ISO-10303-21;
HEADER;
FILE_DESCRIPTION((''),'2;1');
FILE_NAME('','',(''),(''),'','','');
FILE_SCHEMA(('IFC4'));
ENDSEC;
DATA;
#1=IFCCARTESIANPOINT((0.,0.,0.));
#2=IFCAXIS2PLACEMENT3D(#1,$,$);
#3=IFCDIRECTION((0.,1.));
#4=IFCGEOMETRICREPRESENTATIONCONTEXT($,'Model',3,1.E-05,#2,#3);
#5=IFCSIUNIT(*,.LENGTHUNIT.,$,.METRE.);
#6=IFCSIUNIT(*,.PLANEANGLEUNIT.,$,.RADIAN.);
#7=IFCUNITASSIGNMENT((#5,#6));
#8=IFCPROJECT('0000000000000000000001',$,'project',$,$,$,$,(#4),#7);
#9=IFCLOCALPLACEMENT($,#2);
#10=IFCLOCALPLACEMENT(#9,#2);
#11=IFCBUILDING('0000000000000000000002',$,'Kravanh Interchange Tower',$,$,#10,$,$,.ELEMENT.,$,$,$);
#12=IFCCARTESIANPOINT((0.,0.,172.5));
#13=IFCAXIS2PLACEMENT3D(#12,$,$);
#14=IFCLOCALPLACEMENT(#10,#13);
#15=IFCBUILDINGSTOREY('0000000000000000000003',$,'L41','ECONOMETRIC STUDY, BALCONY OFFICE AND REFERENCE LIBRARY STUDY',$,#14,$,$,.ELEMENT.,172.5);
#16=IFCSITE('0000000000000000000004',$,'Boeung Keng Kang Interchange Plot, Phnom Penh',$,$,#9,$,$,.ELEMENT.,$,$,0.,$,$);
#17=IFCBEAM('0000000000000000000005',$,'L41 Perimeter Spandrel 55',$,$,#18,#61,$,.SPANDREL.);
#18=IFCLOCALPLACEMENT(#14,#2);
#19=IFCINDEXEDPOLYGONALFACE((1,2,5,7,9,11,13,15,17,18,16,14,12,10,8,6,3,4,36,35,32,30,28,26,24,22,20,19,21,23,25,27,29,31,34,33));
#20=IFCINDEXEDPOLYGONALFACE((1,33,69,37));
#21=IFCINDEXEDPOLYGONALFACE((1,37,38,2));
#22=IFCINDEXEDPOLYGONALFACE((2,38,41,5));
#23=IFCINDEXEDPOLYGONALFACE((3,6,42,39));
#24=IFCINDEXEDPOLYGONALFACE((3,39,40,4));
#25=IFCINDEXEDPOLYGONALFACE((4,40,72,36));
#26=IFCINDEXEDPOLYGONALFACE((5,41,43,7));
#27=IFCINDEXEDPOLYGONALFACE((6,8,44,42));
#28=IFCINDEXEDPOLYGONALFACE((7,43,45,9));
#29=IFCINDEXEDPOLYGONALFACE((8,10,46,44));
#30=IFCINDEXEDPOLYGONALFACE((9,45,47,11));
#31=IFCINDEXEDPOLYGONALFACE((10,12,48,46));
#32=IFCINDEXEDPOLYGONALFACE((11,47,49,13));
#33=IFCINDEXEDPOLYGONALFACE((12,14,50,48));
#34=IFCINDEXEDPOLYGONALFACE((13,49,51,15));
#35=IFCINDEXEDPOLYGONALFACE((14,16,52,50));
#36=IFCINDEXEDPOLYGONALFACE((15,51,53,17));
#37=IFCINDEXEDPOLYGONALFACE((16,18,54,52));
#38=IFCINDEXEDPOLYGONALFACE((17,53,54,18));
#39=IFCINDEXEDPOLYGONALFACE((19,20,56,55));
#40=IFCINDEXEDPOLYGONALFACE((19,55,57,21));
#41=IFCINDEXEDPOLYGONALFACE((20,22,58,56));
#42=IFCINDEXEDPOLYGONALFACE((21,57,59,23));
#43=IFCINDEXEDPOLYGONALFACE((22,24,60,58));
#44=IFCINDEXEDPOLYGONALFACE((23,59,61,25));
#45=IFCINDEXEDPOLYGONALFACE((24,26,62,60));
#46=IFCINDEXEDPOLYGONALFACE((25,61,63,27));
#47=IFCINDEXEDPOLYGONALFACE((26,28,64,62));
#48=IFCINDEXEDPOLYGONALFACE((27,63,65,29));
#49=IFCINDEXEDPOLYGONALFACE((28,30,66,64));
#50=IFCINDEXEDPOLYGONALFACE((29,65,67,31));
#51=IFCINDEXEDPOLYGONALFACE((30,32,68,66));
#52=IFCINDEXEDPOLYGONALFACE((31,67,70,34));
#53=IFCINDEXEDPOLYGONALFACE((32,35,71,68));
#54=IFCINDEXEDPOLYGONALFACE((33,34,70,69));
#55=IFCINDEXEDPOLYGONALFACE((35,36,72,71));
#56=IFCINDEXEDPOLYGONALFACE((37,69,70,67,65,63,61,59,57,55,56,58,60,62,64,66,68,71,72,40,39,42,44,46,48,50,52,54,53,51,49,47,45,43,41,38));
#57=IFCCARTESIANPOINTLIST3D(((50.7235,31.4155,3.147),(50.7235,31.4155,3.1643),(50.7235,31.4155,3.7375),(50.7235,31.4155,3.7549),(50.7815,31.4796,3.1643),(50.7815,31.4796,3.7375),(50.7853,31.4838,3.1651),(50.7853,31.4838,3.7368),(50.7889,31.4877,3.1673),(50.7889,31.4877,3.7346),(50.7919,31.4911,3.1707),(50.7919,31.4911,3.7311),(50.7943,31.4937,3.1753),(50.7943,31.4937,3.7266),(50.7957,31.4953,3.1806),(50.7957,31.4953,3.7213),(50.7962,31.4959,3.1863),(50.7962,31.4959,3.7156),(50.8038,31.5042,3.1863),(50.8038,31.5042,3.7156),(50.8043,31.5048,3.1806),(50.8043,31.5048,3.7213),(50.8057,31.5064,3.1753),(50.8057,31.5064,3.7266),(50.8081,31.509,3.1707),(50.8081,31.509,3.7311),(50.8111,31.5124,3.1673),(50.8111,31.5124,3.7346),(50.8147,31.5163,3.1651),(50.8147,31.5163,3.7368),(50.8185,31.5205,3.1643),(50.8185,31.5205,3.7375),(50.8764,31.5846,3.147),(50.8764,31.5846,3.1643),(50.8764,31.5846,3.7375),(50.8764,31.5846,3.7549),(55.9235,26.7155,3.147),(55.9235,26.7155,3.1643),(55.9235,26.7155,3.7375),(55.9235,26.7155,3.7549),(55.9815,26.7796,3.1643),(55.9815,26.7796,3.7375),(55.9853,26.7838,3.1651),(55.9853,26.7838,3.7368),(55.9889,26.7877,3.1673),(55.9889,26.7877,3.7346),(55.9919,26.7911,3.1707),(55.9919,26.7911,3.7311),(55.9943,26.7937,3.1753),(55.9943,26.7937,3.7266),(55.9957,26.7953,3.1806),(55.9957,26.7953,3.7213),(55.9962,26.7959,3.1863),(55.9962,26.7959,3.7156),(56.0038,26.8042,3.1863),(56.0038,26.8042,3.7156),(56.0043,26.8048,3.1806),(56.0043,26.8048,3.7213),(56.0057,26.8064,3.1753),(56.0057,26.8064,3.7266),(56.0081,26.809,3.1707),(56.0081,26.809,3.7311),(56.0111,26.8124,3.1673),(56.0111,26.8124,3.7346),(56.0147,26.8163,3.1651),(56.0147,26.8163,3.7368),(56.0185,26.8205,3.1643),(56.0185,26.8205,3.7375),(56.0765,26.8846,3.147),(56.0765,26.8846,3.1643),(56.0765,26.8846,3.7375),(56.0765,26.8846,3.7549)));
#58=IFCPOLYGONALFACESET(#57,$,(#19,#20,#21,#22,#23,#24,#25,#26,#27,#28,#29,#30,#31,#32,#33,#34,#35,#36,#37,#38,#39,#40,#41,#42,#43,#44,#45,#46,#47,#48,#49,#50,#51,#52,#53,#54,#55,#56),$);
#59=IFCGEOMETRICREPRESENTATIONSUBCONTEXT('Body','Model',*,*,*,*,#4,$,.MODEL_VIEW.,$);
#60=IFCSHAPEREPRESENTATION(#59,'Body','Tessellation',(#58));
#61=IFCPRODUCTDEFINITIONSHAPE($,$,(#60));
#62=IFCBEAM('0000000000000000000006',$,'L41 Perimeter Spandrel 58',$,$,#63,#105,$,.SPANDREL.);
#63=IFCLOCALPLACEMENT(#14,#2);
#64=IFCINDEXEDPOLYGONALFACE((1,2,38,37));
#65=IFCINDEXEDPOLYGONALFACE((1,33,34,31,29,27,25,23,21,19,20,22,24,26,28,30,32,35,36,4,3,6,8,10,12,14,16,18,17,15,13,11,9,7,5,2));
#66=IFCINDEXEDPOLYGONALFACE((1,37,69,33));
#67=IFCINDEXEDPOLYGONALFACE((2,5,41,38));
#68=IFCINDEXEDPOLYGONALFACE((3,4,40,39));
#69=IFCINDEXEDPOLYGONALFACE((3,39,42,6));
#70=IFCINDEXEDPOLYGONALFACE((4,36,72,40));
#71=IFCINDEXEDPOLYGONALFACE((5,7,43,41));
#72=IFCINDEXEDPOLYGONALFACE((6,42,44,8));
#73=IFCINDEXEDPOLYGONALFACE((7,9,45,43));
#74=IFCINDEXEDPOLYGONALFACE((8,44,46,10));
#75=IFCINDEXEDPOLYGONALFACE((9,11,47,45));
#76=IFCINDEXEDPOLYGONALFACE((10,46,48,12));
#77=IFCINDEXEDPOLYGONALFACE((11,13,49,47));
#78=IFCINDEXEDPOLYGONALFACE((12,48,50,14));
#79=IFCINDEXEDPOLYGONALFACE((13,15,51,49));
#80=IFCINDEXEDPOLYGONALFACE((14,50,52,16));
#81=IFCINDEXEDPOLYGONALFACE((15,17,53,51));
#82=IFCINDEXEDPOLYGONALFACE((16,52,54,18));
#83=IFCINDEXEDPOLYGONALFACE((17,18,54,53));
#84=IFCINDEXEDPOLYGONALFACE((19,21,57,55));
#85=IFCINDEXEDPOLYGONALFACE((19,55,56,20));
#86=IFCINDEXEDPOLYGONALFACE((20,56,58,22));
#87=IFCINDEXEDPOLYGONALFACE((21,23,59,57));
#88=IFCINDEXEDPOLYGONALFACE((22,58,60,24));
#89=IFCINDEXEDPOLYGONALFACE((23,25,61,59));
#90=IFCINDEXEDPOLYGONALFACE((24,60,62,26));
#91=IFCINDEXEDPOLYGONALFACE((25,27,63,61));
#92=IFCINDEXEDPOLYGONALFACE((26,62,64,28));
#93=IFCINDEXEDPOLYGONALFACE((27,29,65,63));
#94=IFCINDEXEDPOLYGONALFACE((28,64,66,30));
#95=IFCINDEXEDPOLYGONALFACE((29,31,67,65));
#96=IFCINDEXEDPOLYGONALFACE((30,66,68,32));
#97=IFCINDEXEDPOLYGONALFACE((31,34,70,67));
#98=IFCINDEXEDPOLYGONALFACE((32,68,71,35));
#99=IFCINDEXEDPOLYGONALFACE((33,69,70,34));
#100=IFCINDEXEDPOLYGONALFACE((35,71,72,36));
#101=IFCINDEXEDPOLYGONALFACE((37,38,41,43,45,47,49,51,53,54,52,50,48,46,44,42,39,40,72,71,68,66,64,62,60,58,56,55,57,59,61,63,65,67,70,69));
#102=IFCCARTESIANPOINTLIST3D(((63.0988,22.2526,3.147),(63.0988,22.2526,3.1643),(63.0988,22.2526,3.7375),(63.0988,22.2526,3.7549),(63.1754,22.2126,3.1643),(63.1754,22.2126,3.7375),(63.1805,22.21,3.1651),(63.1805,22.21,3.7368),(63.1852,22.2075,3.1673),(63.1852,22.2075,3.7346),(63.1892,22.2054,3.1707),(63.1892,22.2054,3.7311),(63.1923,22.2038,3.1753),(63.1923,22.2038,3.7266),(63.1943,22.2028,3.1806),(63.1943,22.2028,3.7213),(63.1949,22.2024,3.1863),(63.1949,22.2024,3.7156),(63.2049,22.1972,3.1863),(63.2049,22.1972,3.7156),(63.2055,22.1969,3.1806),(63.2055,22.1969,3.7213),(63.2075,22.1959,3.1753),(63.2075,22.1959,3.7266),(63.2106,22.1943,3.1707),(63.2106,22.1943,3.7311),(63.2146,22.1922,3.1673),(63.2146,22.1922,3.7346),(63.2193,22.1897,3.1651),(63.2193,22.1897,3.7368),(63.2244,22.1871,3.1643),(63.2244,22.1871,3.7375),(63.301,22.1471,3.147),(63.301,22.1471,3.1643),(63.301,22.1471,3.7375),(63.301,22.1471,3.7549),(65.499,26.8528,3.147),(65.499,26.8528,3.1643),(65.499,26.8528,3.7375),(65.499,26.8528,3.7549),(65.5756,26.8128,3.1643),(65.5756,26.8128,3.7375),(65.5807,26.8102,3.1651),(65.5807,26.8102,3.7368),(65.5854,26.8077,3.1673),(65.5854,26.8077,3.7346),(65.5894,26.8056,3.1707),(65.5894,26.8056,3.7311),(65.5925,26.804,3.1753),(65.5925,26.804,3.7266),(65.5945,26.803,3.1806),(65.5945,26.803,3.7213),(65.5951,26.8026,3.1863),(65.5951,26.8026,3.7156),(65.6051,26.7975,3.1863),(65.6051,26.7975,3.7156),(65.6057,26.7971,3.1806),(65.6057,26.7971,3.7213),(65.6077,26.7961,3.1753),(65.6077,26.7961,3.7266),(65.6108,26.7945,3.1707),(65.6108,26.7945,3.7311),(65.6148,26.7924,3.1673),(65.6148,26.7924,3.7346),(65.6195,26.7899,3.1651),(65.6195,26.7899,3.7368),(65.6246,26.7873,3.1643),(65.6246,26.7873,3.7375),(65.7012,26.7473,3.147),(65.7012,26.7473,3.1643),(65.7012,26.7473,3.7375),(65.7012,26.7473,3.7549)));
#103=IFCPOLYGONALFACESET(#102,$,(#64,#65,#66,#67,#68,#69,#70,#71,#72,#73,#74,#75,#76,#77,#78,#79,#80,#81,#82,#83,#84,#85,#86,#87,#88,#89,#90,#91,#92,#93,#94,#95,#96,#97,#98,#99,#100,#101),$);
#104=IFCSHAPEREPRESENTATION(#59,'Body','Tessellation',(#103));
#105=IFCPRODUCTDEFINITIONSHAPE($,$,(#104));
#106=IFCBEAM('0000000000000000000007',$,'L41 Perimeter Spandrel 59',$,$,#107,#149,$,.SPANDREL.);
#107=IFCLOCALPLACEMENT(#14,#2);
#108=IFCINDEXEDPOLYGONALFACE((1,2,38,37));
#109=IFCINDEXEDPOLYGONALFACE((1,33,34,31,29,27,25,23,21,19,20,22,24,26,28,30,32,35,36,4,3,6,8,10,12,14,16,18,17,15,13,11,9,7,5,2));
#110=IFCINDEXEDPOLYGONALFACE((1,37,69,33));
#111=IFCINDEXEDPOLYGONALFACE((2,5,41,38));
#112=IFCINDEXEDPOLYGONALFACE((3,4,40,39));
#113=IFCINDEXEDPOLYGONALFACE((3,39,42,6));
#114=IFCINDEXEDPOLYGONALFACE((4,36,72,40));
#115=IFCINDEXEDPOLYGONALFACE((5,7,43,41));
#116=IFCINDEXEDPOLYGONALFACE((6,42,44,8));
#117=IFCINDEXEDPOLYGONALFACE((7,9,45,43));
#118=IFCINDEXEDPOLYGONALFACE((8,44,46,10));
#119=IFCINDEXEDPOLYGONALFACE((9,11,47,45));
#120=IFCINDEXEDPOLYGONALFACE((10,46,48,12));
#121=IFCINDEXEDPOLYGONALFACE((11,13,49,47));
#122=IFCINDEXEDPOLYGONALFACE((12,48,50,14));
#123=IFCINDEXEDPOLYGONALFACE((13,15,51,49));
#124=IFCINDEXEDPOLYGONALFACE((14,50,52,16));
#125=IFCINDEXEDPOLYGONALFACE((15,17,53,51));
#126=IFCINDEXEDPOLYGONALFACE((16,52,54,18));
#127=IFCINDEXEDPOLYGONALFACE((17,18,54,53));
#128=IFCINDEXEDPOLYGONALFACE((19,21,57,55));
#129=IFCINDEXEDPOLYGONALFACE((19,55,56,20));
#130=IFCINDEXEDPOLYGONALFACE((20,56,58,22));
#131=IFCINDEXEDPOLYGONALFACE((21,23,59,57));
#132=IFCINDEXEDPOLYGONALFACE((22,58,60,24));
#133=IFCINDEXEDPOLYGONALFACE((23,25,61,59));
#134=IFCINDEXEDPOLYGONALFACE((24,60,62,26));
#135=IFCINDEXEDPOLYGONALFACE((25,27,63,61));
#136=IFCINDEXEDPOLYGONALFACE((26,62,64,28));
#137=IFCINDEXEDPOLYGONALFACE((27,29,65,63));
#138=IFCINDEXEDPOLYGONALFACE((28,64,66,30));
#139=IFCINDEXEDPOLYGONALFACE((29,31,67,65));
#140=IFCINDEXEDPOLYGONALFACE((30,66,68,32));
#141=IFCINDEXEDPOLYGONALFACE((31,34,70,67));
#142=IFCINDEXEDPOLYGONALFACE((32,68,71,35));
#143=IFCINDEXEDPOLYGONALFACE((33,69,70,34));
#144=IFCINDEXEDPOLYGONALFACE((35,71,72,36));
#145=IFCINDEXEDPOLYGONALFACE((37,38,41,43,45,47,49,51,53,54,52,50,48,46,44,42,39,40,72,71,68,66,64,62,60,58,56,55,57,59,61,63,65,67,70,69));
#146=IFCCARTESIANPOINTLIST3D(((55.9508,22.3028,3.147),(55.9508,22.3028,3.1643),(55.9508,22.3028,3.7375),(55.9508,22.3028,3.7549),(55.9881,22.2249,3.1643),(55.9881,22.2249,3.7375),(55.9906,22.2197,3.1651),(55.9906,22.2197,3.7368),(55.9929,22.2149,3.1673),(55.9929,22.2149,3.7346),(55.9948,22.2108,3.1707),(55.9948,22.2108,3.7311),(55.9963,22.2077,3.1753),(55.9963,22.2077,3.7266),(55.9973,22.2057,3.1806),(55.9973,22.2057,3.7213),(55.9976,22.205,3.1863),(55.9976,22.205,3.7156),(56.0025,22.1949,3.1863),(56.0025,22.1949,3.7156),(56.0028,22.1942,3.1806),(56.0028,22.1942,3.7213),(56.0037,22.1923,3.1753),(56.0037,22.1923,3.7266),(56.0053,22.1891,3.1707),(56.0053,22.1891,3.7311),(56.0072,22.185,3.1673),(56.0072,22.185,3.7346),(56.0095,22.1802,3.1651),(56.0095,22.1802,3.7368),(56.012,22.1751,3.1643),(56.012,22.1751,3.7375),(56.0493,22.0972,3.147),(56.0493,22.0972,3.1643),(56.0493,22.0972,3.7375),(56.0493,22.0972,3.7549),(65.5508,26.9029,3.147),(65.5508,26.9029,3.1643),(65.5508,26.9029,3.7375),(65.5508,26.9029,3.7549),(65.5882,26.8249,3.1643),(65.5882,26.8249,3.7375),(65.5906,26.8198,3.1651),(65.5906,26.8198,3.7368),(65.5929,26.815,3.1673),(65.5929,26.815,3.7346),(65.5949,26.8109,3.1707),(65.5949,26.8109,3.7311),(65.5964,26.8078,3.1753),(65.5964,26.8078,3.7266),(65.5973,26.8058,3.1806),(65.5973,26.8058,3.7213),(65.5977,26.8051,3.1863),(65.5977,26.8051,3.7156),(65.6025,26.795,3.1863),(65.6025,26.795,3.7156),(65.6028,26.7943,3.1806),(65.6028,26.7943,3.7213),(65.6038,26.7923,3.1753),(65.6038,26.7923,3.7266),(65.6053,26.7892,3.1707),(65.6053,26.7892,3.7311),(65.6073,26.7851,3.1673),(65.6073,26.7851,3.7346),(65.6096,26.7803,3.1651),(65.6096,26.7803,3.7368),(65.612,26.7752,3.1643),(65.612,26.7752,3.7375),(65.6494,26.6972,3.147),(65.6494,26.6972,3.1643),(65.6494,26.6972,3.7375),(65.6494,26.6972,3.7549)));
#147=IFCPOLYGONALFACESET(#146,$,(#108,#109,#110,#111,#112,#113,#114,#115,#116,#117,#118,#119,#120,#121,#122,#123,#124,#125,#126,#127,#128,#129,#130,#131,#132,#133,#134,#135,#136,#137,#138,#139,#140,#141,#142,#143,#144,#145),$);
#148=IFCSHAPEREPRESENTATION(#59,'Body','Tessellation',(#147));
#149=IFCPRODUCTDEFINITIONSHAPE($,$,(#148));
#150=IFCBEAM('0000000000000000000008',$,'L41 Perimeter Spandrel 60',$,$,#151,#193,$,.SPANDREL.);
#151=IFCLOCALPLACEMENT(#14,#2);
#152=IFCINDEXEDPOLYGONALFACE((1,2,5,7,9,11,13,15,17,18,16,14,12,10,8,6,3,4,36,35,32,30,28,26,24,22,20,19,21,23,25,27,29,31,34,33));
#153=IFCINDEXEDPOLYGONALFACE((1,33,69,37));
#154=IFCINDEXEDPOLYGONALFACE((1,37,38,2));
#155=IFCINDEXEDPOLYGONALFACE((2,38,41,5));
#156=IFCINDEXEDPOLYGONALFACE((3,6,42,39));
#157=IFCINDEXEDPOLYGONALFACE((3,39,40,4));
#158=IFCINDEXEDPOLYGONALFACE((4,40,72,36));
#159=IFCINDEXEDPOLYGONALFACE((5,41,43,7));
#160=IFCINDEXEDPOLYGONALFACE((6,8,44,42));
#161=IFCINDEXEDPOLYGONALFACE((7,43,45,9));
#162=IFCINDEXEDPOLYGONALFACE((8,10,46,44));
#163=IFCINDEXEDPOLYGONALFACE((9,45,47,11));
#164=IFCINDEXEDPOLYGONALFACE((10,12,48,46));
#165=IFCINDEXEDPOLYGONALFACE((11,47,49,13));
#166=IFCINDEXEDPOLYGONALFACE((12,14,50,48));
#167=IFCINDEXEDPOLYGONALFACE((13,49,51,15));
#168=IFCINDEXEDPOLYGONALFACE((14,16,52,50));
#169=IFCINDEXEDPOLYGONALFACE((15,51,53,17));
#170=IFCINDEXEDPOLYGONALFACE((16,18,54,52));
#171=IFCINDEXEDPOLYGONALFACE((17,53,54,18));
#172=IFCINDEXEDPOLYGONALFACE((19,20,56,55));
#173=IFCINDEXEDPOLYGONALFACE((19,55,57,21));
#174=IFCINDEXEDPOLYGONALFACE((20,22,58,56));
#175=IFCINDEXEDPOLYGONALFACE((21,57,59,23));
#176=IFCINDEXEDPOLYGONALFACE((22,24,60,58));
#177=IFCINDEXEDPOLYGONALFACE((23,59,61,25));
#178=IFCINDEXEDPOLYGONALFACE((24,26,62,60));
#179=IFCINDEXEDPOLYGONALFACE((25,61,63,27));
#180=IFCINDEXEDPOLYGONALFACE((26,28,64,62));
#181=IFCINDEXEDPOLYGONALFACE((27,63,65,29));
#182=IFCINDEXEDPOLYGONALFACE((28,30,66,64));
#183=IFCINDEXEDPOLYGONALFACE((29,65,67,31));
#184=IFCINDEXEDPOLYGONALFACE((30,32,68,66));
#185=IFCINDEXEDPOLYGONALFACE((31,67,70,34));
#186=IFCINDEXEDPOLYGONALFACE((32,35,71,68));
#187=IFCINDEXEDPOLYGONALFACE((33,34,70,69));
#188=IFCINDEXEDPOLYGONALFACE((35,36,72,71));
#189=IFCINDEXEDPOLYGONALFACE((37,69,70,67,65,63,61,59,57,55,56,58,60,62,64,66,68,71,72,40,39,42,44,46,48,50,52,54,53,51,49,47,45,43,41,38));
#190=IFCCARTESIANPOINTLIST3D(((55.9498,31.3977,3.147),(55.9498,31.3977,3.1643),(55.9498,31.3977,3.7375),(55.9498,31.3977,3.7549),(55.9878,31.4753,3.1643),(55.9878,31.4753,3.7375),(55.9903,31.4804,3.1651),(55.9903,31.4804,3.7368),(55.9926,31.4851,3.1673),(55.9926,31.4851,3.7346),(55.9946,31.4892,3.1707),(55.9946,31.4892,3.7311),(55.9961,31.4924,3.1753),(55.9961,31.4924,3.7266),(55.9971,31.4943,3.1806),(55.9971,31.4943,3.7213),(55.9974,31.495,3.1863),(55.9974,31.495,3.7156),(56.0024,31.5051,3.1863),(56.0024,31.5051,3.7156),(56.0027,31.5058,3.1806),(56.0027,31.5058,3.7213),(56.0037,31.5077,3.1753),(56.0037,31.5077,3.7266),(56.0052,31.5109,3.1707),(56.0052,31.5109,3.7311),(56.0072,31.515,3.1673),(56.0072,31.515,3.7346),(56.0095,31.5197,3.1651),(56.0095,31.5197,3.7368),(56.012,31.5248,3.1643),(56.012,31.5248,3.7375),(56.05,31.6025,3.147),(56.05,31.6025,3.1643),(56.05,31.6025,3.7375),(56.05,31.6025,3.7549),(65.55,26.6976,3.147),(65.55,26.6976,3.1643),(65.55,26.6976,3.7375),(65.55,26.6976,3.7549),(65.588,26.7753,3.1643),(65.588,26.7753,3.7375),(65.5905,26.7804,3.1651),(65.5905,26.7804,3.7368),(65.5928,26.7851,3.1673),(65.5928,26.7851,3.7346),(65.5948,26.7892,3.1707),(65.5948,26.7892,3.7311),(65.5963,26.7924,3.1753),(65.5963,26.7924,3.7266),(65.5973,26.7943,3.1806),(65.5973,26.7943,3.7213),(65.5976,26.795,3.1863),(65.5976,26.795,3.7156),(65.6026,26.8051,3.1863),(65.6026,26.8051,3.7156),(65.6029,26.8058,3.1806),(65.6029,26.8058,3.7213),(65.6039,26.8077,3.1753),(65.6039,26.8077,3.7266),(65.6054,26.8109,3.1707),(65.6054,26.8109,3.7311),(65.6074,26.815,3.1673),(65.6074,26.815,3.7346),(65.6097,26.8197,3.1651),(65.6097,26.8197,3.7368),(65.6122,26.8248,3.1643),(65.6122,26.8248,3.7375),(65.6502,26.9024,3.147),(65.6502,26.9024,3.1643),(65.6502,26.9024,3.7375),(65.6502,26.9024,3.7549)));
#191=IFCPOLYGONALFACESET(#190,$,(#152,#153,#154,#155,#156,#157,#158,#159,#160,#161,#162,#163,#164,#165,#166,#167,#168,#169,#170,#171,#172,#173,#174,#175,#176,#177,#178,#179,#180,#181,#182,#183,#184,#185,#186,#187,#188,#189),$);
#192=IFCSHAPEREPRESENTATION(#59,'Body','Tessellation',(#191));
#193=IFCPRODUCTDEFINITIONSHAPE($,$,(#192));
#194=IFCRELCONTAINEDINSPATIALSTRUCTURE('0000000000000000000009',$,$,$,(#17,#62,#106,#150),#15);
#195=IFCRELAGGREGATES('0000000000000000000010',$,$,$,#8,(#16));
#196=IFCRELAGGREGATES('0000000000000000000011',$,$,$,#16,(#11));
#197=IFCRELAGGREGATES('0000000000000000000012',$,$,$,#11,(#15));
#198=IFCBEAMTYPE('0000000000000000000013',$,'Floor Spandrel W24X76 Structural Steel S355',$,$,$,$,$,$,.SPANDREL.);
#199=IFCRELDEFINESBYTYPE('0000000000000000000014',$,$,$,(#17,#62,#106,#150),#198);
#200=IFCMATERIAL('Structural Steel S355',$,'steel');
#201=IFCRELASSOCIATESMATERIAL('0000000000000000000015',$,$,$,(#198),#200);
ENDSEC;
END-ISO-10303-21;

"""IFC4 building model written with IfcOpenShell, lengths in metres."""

from ifc_helpers import new_model, si_unit, direction, frame, origin, origin_2d, place, context, subcontext, project, spatial, i_section, extrude, material, material_profile, profile_set, type_object, element, save


model = new_model("IFC4")

# Units and contexts
model_context = context("Model", 3, precision=1e-05, world=origin(), true_north=direction((0.0, 1.0)))
body_context = subcontext(model_context, "Body", "Model", "MODEL_VIEW")
ifc_project = project(units=[si_unit("LENGTHUNIT", "METRE"), si_unit("PLANEANGLEUNIT", "RADIAN")], contexts=[model_context])

# Site, building, storey
site_placement = place(None, origin())
site = spatial("IfcSite", under=ifc_project, at=site_placement, Name="Boeung Keng Kang Interchange Plot, Phnom Penh", CompositionType="ELEMENT", RefElevation=0.0)
building_placement = place(site_placement, origin())
building = spatial("IfcBuilding", under=site, at=building_placement, Name="Kravanh Interchange Tower", CompositionType="ELEMENT")
storey_placement = place(building_placement, frame((0.0, 0.0, 172.5)))
storey = spatial("IfcBuildingStorey", under=building, at=storey_placement, Name="L41", Description="ECONOMETRIC STUDY, BALCONY OFFICE AND REFERENCE LIBRARY STUDY", CompositionType="ELEMENT", Elevation=172.5)

# Beams
ifc_material_1 = material(Name="Structural Steel S355", Category="steel")
ifc_material_profile_1 = material_profile(ifc_material_1, i_section(OverallWidth=0.228, OverallDepth=0.6079, WebThickness=0.0112, FlangeThickness=0.0173, FilletRadius=0.022, at=origin_2d()), Name="W24X76")
ifc_profile_set_1 = profile_set([ifc_material_profile_1], Name="Structural Steel S355")
beam_type_1 = type_object("IfcBeamType", Name="Floor Spandrel W24X76 Structural Steel S355", PredefinedType="SPANDREL", material=ifc_profile_set_1)
beam_1_placement = place(storey_placement, frame((56.0, 26.8, 3.4509), z_axis=(-0.741874, 0.670539, 0.0), x_axis=(-0.670539, -0.741874, 0.0)))
element("IfcBeam", 1, at=beam_1_placement, inside=storey, type_object=beam_type_1, Name="L41 Perimeter Spandrel 55", PredefinedType="SPANDREL", context=body_context, shape_type="SweptSolid", body=[
    extrude(i_section(OverallWidth=0.228, OverallDepth=0.6079, WebThickness=0.0112, FlangeThickness=0.0173, FilletRadius=0.022, at=origin_2d()), origin(), (0.0, 0.0, 1.0), 7.0093),
])
beam_2_placement = place(storey_placement, frame((65.6001, 26.8, 3.4509), z_axis=(-0.46258, -0.886577, 0.0), x_axis=(0.886577, -0.46258, 0.0)))
element("IfcBeam", 2, at=beam_2_placement, inside=storey, type_object=beam_type_1, Name="L41 Perimeter Spandrel 58", PredefinedType="SPANDREL", context=body_context, shape_type="SweptSolid", body=[
    extrude(i_section(OverallWidth=0.228, OverallDepth=0.6079, WebThickness=0.0112, FlangeThickness=0.0173, FilletRadius=0.022, at=origin_2d()), origin(), (0.0, 0.0, 1.0), 5.1887),
])
beam_3_placement = place(storey_placement, frame((65.6001, 26.8, 3.4509), z_axis=(-0.901814, -0.432124, 0.0), x_axis=(0.432124, -0.901814, 0.0)))
element("IfcBeam", 3, at=beam_3_placement, inside=storey, type_object=beam_type_1, Name="L41 Perimeter Spandrel 59", PredefinedType="SPANDREL", context=body_context, shape_type="SweptSolid", body=[
    extrude(i_section(OverallWidth=0.228, OverallDepth=0.6079, WebThickness=0.0112, FlangeThickness=0.0173, FilletRadius=0.022, at=origin_2d()), origin(), (0.0, 0.0, 1.0), 10.6453),
])
beam_4_placement = place(storey_placement, frame((65.6001, 26.8, 3.4509), z_axis=(-0.898142, 0.439706, 0.0), x_axis=(-0.439706, -0.898142, 0.0)))
element("IfcBeam", 4, at=beam_4_placement, inside=storey, type_object=beam_type_1, Name="L41 Perimeter Spandrel 60", PredefinedType="SPANDREL", context=body_context, shape_type="SweptSolid", body=[
    extrude(i_section(OverallWidth=0.228, OverallDepth=0.6079, WebThickness=0.0112, FlangeThickness=0.0173, FilletRadius=0.022, at=origin_2d()), origin(), (0.0, 0.0, 1.0), 10.689),
])

save(model, "model.ifc")
